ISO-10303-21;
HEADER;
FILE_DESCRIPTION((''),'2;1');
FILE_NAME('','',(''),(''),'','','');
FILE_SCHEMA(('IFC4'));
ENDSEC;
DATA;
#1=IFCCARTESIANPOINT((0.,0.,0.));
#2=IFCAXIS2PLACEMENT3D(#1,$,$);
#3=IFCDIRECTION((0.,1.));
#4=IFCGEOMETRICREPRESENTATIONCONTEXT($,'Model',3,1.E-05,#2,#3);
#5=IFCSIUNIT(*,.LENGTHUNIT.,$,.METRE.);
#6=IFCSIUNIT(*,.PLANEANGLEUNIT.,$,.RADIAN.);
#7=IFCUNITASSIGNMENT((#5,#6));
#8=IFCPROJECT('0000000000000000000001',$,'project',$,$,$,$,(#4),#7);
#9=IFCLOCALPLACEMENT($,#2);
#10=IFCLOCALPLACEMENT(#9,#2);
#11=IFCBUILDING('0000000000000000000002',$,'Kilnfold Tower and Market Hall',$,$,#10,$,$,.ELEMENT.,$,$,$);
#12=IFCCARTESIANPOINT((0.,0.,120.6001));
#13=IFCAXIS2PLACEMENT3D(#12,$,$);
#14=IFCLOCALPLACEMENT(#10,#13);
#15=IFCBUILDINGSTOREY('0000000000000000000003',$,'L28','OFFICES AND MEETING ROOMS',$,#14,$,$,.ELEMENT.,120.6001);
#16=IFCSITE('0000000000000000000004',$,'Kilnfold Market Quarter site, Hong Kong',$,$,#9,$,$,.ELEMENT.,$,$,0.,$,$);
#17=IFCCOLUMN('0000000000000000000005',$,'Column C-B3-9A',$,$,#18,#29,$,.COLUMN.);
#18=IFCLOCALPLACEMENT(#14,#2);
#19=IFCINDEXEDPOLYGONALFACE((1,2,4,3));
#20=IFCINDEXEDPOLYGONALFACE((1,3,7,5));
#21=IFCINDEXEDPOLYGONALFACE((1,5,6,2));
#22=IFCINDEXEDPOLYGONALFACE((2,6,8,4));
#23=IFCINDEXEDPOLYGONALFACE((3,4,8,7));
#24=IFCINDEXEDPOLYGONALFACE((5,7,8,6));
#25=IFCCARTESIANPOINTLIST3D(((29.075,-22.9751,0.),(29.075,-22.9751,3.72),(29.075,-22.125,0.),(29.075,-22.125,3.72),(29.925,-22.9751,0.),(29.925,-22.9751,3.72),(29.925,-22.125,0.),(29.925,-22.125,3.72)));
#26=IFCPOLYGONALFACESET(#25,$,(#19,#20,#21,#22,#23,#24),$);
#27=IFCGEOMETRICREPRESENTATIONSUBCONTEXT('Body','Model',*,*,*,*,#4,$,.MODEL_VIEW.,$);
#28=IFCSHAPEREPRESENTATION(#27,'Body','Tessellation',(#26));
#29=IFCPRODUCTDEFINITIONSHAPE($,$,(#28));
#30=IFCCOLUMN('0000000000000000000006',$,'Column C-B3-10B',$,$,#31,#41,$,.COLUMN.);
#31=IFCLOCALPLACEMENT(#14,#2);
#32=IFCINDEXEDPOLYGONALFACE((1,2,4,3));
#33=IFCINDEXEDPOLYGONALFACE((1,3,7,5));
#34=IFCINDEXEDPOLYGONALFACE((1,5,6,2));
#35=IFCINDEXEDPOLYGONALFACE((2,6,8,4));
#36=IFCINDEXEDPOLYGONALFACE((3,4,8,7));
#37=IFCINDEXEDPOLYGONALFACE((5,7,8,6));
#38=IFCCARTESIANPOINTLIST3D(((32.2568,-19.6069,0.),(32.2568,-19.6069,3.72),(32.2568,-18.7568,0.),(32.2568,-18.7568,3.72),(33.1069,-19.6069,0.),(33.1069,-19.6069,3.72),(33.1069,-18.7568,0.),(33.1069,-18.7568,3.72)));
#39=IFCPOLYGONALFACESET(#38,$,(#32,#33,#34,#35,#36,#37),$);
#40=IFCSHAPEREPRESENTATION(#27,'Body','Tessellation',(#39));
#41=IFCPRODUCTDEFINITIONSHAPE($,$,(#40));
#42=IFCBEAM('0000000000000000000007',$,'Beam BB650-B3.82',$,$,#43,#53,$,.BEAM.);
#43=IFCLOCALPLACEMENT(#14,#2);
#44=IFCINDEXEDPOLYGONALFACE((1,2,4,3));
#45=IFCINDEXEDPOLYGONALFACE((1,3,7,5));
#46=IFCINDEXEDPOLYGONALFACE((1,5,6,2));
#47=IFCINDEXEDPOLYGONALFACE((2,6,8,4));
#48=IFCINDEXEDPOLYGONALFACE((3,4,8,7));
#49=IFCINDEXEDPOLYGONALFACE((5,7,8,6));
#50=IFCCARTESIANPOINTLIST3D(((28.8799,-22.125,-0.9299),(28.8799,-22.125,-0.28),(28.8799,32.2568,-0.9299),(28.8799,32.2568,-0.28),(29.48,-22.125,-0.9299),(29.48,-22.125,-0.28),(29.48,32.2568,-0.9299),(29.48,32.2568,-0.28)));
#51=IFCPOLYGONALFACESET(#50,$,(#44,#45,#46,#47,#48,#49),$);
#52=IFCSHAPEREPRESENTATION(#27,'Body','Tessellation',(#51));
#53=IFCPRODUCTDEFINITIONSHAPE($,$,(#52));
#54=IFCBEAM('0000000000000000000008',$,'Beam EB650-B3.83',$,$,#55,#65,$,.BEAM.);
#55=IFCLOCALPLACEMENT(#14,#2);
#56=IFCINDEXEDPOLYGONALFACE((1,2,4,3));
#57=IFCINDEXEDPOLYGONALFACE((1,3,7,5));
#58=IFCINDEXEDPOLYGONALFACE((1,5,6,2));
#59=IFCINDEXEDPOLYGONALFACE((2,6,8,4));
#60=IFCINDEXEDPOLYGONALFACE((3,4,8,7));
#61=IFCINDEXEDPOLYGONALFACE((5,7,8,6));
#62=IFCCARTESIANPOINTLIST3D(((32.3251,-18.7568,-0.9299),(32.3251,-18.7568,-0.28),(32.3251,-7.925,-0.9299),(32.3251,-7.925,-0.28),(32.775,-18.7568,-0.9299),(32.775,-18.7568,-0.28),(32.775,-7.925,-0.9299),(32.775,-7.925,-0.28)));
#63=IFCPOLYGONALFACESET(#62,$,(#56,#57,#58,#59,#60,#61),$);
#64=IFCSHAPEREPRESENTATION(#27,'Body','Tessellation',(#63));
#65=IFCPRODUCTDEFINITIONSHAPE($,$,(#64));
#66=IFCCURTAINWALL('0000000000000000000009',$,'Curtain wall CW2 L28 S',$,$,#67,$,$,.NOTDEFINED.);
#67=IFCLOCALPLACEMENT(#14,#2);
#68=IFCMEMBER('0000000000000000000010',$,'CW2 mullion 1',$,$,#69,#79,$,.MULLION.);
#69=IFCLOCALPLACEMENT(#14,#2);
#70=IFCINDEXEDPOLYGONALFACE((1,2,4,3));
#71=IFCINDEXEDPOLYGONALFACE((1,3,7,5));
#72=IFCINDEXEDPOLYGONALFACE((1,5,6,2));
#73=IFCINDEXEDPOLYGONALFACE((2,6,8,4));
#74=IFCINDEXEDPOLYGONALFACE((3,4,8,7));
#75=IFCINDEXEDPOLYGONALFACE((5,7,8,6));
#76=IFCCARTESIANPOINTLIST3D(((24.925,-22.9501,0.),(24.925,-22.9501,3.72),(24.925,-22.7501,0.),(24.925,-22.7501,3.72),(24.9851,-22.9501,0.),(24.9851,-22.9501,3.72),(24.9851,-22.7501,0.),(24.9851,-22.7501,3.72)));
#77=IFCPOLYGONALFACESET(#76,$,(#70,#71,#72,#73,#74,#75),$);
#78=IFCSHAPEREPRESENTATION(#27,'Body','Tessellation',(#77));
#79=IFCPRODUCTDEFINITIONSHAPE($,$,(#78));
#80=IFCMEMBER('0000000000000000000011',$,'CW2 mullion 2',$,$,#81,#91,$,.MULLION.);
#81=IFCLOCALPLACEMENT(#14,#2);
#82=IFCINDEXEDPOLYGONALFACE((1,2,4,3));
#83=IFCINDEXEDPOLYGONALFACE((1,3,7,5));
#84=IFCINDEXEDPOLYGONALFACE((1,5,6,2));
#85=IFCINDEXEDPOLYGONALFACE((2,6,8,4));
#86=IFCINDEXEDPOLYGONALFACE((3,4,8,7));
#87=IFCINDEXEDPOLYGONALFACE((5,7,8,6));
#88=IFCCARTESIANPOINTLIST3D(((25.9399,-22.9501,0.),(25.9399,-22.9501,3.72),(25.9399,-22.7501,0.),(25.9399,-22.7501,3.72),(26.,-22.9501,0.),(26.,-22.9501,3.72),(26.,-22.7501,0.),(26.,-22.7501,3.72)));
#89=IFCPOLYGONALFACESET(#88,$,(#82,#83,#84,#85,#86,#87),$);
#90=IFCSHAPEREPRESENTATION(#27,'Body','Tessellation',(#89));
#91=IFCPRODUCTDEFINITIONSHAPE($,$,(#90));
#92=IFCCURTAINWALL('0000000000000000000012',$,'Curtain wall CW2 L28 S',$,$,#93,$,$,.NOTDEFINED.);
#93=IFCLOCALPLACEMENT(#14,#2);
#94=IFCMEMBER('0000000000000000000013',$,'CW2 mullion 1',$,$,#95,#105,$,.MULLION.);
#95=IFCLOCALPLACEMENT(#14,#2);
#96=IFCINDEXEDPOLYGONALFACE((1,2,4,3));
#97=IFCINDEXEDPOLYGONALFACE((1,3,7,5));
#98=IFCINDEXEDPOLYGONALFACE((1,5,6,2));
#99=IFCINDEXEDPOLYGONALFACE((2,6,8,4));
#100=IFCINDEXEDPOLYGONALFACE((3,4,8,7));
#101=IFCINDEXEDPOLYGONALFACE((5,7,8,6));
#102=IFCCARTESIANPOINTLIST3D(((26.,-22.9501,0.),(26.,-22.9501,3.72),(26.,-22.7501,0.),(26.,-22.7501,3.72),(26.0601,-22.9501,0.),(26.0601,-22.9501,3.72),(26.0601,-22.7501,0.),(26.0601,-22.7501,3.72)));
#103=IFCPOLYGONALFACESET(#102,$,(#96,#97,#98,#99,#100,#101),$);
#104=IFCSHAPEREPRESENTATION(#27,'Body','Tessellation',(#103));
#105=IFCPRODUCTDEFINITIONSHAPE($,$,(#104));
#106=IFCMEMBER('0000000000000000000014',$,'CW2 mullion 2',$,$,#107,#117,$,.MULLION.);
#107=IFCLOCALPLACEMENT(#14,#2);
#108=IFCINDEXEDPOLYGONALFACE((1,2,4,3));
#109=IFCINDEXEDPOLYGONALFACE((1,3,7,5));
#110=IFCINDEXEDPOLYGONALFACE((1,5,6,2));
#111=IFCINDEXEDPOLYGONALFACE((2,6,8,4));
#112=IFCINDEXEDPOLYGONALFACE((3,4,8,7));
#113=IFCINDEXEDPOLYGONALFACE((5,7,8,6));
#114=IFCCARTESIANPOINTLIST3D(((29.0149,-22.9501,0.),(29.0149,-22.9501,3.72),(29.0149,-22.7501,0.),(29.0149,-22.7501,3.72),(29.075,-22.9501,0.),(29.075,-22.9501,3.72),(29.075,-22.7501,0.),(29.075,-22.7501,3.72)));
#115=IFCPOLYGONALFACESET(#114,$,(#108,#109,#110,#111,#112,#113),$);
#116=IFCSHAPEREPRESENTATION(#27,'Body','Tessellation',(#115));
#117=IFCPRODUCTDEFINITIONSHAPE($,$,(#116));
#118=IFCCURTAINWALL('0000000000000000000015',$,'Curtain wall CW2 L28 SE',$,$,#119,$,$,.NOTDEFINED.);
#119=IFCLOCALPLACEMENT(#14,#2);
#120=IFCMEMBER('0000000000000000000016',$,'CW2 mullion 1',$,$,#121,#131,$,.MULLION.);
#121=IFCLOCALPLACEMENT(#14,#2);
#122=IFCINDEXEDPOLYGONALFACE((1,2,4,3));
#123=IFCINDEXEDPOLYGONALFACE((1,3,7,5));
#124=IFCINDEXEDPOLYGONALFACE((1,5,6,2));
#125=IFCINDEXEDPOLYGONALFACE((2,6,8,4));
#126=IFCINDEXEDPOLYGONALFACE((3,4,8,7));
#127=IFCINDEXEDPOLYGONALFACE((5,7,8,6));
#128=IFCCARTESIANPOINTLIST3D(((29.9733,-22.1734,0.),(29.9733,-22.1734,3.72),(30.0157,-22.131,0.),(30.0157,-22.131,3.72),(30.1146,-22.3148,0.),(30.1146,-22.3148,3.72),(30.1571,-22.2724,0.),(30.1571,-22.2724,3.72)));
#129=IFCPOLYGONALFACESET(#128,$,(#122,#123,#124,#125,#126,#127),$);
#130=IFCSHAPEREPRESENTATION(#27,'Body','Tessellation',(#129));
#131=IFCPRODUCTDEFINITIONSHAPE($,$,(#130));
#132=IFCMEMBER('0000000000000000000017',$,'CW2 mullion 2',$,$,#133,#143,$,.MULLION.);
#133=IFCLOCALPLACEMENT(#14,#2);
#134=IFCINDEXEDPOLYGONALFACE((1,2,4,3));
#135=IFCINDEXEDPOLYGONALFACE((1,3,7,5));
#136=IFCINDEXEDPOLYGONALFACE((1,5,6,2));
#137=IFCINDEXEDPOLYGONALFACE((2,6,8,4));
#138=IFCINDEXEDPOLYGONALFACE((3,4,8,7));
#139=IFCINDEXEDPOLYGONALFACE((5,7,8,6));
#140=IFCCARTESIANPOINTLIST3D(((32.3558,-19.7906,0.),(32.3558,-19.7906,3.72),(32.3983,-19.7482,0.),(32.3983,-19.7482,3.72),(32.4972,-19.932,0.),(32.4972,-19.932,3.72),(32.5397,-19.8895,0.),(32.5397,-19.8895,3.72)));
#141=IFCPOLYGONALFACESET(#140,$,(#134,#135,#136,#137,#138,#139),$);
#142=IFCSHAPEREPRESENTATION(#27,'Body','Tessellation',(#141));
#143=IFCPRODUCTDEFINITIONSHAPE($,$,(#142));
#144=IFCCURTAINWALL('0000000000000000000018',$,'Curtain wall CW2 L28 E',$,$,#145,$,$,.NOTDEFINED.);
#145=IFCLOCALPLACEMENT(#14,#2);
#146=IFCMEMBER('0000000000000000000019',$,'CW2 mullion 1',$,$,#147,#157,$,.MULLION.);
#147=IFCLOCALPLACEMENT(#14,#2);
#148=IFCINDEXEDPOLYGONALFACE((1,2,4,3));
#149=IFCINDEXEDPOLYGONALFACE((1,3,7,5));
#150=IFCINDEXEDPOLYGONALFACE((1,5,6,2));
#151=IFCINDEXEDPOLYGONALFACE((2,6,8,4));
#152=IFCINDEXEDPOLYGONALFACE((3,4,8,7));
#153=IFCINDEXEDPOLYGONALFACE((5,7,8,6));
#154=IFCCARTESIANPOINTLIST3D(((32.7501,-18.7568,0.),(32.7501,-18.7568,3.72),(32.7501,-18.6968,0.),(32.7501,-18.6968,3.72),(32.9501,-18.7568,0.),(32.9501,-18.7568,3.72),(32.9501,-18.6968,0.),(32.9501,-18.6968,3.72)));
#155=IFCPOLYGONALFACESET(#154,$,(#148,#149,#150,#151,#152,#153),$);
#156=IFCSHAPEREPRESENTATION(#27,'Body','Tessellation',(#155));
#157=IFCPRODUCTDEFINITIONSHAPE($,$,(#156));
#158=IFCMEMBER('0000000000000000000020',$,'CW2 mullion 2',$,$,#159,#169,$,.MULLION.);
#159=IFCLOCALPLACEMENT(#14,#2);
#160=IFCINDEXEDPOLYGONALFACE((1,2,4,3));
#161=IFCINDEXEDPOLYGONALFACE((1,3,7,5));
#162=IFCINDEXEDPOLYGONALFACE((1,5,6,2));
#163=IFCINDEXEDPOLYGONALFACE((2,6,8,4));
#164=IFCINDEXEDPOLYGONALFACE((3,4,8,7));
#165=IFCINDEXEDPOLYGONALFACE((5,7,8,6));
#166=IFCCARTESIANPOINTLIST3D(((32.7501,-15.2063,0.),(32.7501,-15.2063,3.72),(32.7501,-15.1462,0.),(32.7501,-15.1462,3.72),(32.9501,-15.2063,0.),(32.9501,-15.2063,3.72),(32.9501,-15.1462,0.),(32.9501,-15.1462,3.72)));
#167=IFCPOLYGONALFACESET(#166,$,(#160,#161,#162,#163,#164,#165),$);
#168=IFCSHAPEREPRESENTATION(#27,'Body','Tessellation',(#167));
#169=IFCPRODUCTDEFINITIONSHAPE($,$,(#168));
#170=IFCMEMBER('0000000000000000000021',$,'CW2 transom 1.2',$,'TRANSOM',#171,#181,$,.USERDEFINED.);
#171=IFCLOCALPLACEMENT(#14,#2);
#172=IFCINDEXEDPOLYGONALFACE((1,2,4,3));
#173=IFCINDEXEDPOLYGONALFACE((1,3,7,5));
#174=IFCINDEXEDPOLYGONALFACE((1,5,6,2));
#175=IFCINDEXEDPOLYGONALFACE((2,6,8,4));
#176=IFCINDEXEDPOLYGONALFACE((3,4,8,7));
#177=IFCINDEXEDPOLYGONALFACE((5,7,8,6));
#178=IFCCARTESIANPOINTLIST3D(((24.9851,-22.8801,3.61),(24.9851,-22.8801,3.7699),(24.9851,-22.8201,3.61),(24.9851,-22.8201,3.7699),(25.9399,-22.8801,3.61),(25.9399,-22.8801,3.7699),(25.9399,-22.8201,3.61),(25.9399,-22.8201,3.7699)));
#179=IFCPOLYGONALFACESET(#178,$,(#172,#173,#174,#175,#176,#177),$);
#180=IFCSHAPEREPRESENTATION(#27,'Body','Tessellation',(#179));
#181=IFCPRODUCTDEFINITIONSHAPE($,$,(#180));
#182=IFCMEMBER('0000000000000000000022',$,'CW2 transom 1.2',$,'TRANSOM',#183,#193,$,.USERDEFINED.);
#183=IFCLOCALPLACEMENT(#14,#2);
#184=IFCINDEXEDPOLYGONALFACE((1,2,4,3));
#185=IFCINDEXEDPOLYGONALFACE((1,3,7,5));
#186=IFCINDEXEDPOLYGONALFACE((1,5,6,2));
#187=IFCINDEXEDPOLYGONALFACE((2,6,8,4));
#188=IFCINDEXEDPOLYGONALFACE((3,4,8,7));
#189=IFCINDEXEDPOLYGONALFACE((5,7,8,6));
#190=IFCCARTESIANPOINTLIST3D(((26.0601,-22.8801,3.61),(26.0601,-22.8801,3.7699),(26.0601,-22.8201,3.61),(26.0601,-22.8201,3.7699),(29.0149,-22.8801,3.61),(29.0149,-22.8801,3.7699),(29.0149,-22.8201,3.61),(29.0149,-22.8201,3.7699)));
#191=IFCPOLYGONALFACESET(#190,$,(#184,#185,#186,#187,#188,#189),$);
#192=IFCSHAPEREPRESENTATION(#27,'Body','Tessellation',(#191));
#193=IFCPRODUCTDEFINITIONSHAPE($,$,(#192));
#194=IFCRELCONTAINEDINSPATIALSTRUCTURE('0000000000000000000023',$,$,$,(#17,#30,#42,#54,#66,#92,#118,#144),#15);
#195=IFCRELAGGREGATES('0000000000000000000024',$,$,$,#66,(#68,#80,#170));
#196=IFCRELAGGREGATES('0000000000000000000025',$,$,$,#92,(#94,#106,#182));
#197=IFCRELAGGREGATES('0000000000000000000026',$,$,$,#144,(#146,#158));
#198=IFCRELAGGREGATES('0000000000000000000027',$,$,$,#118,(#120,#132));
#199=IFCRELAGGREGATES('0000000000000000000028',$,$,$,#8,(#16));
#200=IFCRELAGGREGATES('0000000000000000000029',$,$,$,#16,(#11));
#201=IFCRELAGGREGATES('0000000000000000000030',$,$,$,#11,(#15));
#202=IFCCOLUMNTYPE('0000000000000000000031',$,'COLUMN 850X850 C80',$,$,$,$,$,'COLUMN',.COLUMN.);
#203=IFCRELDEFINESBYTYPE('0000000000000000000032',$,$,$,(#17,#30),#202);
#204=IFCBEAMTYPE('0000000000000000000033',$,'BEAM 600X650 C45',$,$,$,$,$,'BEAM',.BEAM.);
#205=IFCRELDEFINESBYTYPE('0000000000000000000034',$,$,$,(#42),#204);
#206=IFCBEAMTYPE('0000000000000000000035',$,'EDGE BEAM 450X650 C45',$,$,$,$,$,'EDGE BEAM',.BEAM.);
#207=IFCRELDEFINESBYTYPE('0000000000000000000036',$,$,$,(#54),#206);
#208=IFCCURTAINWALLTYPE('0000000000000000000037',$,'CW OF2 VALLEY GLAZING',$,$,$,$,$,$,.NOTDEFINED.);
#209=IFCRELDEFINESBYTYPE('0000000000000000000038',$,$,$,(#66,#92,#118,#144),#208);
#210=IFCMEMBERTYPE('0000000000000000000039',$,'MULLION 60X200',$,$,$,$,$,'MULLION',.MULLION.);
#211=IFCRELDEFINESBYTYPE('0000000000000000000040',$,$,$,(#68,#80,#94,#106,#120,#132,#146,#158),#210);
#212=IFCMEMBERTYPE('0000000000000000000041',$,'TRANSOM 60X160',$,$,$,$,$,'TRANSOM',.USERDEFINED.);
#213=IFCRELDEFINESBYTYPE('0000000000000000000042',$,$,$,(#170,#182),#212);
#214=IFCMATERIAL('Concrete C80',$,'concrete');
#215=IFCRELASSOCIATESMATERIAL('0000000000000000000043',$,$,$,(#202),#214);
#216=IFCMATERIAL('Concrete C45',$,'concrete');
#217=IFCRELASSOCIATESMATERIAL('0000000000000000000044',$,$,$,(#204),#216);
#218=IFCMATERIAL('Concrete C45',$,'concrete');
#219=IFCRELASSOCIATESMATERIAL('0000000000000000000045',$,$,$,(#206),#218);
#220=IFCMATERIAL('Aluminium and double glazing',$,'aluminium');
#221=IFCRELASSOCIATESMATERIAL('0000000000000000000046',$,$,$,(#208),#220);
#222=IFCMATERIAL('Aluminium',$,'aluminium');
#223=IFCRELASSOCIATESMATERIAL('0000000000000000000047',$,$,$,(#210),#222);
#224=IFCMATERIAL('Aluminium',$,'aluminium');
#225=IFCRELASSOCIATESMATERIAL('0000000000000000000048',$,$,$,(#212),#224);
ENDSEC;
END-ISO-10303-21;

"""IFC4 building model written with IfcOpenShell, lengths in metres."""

from ifc_helpers import new_model, si_unit, direction, frame, origin, origin_2d, place, context, subcontext, project, spatial, rectangle, extrude, source, transform, mapped, material, material_profile, profile_set, type_object, element, aggregate, save


model = new_model("IFC4")

# Units and contexts
model_context = context("Model", 3, precision=1e-05, world=origin(), true_north=direction((0.0, 1.0)))
body_context = subcontext(model_context, "Body", "Model", "MODEL_VIEW")
ifc_project = project(units=[si_unit("LENGTHUNIT", "METRE"), si_unit("PLANEANGLEUNIT", "RADIAN")], contexts=[model_context])

# Site, building, storey
site_placement = place(None, origin())
site = spatial("IfcSite", under=ifc_project, at=site_placement, Name="Kilnfold Market Quarter site, Hong Kong", CompositionType="ELEMENT", RefElevation=0.0)
building_placement = place(site_placement, origin())
building = spatial("IfcBuilding", under=site, at=building_placement, Name="Kilnfold Tower and Market Hall", CompositionType="ELEMENT")
storey_placement = place(building_placement, frame((0.0, 0.0, 120.6001)))
storey = spatial("IfcBuildingStorey", under=building, at=storey_placement, Name="L28", Description="OFFICES AND MEETING ROOMS", CompositionType="ELEMENT", Elevation=120.6001)

# Columns
ifc_material_1 = material(Name="Concrete C80", Category="concrete")
ifc_material_profile_1 = material_profile(ifc_material_1, rectangle(XDim=0.8501, YDim=0.8501, at=origin_2d()), Name="RC 850x850")
ifc_profile_set_1 = profile_set([ifc_material_profile_1], Name="Concrete C80")
column_type = type_object("IfcColumnType", Name="COLUMN 850X850 C80", ElementType="COLUMN", PredefinedType="COLUMN", material=ifc_profile_set_1)
shared_shape_1 = source(origin(), body_context, "Body", "SweptSolid", [
    extrude(rectangle(XDim=0.8501, YDim=0.8501, at=origin_2d()), origin(), (0.0, 0.0, 1.0), 3.72),
])
for number, where, z_axis, x_axis, name in (
    (1, (29.5, -22.55, 0.0), (0.0, 0.0, 1.0), (1.0, 0.0, 0.0), "Column C-B3-9A"),
    (2, (32.6819, -19.1819, 0.0), (0.0, 0.0, 1.0), (1.0, 0.0, 0.0), "Column C-B3-10B"),
):
    element("IfcColumn", number, at=place(storey_placement, frame(where, z_axis=z_axis, x_axis=x_axis)), inside=storey, type_object=column_type, Name=name, PredefinedType="COLUMN", context=body_context, shape_type="MappedRepresentation", body=[
        mapped(shared_shape_1, transform((0.0, 0.0, 0.0))),
    ])

# Beams
ifc_material_2 = material(Name="Concrete C45", Category="concrete")
ifc_material_profile_2 = material_profile(ifc_material_2, rectangle(XDim=0.6001, YDim=0.6499, at=origin_2d()), Name="RC 600x650")
ifc_profile_set_2 = profile_set([ifc_material_profile_2], Name="Concrete C45")
beam_type_1 = type_object("IfcBeamType", Name="BEAM 600X650 C45", ElementType="BEAM", PredefinedType="BEAM", material=ifc_profile_set_2)
shared_shape_2 = source(origin(), body_context, "Body", "SweptSolid", [
    extrude(rectangle(XDim=0.6001, YDim=0.6499, at=origin_2d()), origin(), (0.0, 0.0, 1.0), 54.3818),
])
beam_1_placement = place(storey_placement, frame((29.1799, -22.125, -0.605), z_axis=(0.0, 1.0, 0.0), x_axis=(-1.0, 0.0, 0.0)))
element("IfcBeam", 3, at=beam_1_placement, inside=storey, type_object=beam_type_1, Name="Beam BB650-B3.82", PredefinedType="BEAM", context=body_context, shape_type="MappedRepresentation", body=[
    mapped(shared_shape_2, transform((0.0, 0.0, 0.0))),
])
ifc_material_3 = material(Name="Concrete C45", Category="concrete")
ifc_material_profile_3 = material_profile(ifc_material_3, rectangle(XDim=0.45, YDim=0.6499, at=origin_2d()), Name="RC 450x650")
ifc_profile_set_3 = profile_set([ifc_material_profile_3], Name="Concrete C45")
beam_type_2 = type_object("IfcBeamType", Name="EDGE BEAM 450X650 C45", ElementType="EDGE BEAM", PredefinedType="BEAM", material=ifc_profile_set_3)
shared_shape_3 = source(origin(), body_context, "Body", "SweptSolid", [
    extrude(rectangle(XDim=0.45, YDim=0.6499, at=origin_2d()), origin(), (0.0, 0.0, 1.0), 10.8318),
])
beam_2_placement = place(storey_placement, frame((32.55, -18.7568, -0.605), z_axis=(0.0, 1.0, 0.0), x_axis=(-1.0, 0.0, 0.0)))
element("IfcBeam", 4, at=beam_2_placement, inside=storey, type_object=beam_type_2, Name="Beam EB650-B3.83", PredefinedType="BEAM", context=body_context, shape_type="MappedRepresentation", body=[
    mapped(shared_shape_3, transform((0.0, 0.0, 0.0))),
])

# Curtain walls, members
ifc_material_4 = material(Name="Aluminium and double glazing", Category="aluminium")
curtain_wall_type = type_object("IfcCurtainWallType", Name="CW OF2 VALLEY GLAZING", PredefinedType="NOTDEFINED", material=ifc_material_4)
curtain_wall_1_placement = place(storey_placement, origin())
curtain_wall_1 = element("IfcCurtainWall", 5, at=curtain_wall_1_placement, inside=storey, type_object=curtain_wall_type, Name="Curtain wall CW2 L28 S", PredefinedType="NOTDEFINED")
ifc_material_5 = material(Name="Aluminium", Category="aluminium")
ifc_material_profile_4 = material_profile(ifc_material_5, rectangle(XDim=0.0601, YDim=0.2, at=origin_2d()), Name="MULLION 60x200")
ifc_profile_set_4 = profile_set([ifc_material_profile_4], Name="Aluminium")
member_type_1 = type_object("IfcMemberType", Name="MULLION 60X200", ElementType="MULLION", PredefinedType="MULLION", material=ifc_profile_set_4)
shared_shape_4 = source(origin(), body_context, "Body", "SweptSolid", [
    extrude(rectangle(XDim=0.0601, YDim=0.2, at=origin_2d()), origin(), (0.0, 0.0, 1.0), 3.72),
])
member_1_placement = place(storey_placement, frame((24.9551, -22.8501, 0.0), z_axis=(0.0, 0.0, 1.0), x_axis=(1.0, 0.0, 0.0)))
member_1 = element("IfcMember", 6, at=member_1_placement, type_object=member_type_1, Name="CW2 mullion 1", PredefinedType="MULLION", context=body_context, shape_type="MappedRepresentation", body=[
    mapped(shared_shape_4, transform((0.0, 0.0, 0.0))),
])
member_2_placement = place(storey_placement, frame((25.97, -22.8501, 0.0), z_axis=(0.0, 0.0, 1.0), x_axis=(1.0, 0.0, 0.0)))
member_2 = element("IfcMember", 7, at=member_2_placement, type_object=member_type_1, Name="CW2 mullion 2", PredefinedType="MULLION", context=body_context, shape_type="MappedRepresentation", body=[
    mapped(shared_shape_4, transform((0.0, 0.0, 0.0))),
])
curtain_wall_2_placement = place(storey_placement, origin())
curtain_wall_2 = element("IfcCurtainWall", 8, at=curtain_wall_2_placement, inside=storey, type_object=curtain_wall_type, Name="Curtain wall CW2 L28 S", PredefinedType="NOTDEFINED")
member_3_placement = place(storey_placement, frame((26.03, -22.8501, 0.0), z_axis=(0.0, 0.0, 1.0), x_axis=(1.0, 0.0, 0.0)))
member_3 = element("IfcMember", 9, at=member_3_placement, type_object=member_type_1, Name="CW2 mullion 1", PredefinedType="MULLION", context=body_context, shape_type="MappedRepresentation", body=[
    mapped(shared_shape_4, transform((0.0, 0.0, 0.0))),
])
member_4_placement = place(storey_placement, frame((29.0449, -22.8501, 0.0), z_axis=(0.0, 0.0, 1.0), x_axis=(1.0, 0.0, 0.0)))
member_4 = element("IfcMember", 10, at=member_4_placement, type_object=member_type_1, Name="CW2 mullion 2", PredefinedType="MULLION", context=body_context, shape_type="MappedRepresentation", body=[
    mapped(shared_shape_4, transform((0.0, 0.0, 0.0))),
])
curtain_wall_3_placement = place(storey_placement, origin())
curtain_wall_3 = element("IfcCurtainWall", 11, at=curtain_wall_3_placement, inside=storey, type_object=curtain_wall_type, Name="Curtain wall CW2 L28 SE", PredefinedType="NOTDEFINED")
member_5_placement = place(storey_placement, frame((30.0652, -22.2229, 0.0), z_axis=(0.0, 0.0, 1.0), x_axis=(0.707092, 0.707121, 0.0)))
member_5 = element("IfcMember", 12, at=member_5_placement, type_object=member_type_1, Name="CW2 mullion 1", PredefinedType="MULLION", context=body_context, shape_type="MappedRepresentation", body=[
    mapped(shared_shape_4, transform((0.0, 0.0, 0.0))),
])
member_6_placement = place(storey_placement, frame((32.4478, -19.8401, 0.0), z_axis=(0.0, 0.0, 1.0), x_axis=(0.707092, 0.707121, 0.0)))
member_6 = element("IfcMember", 13, at=member_6_placement, type_object=member_type_1, Name="CW2 mullion 2", PredefinedType="MULLION", context=body_context, shape_type="MappedRepresentation", body=[
    mapped(shared_shape_4, transform((0.0, 0.0, 0.0))),
])
curtain_wall_4_placement = place(storey_placement, origin())
curtain_wall_4 = element("IfcCurtainWall", 14, at=curtain_wall_4_placement, inside=storey, type_object=curtain_wall_type, Name="Curtain wall CW2 L28 E", PredefinedType="NOTDEFINED")
member_7_placement = place(storey_placement, frame((32.8501, -18.7268, 0.0), z_axis=(0.0, 0.0, 1.0), x_axis=(0.0, 1.0, 0.0)))
member_7 = element("IfcMember", 15, at=member_7_placement, type_object=member_type_1, Name="CW2 mullion 1", PredefinedType="MULLION", context=body_context, shape_type="MappedRepresentation", body=[
    mapped(shared_shape_4, transform((0.0, 0.0, 0.0))),
])
member_8_placement = place(storey_placement, frame((32.8501, -15.1763, 0.0), z_axis=(0.0, 0.0, 1.0), x_axis=(0.0, 1.0, 0.0)))
member_8 = element("IfcMember", 16, at=member_8_placement, type_object=member_type_1, Name="CW2 mullion 2", PredefinedType="MULLION", context=body_context, shape_type="MappedRepresentation", body=[
    mapped(shared_shape_4, transform((0.0, 0.0, 0.0))),
])

# Members
ifc_material_6 = material(Name="Aluminium", Category="aluminium")
ifc_material_profile_5 = material_profile(ifc_material_6, rectangle(XDim=0.0601, YDim=0.1599, at=origin_2d()), Name="TRANSOM 60x160")
ifc_profile_set_5 = profile_set([ifc_material_profile_5], Name="Aluminium")
member_type_2 = type_object("IfcMemberType", Name="TRANSOM 60X160", ElementType="TRANSOM", PredefinedType="USERDEFINED", material=ifc_profile_set_5)
shared_shape_5 = source(origin(), body_context, "Body", "SweptSolid", [
    extrude(rectangle(XDim=0.0601, YDim=0.1599, at=origin_2d()), origin(), (0.0, 0.0, 1.0), 0.9548),
])
member_9_placement = place(storey_placement, frame((24.9851, -22.8501, 3.6899), z_axis=(1.0, 0.0, 0.0), x_axis=(0.0, 1.0, 0.0)))
member_9 = element("IfcMember", 17, at=member_9_placement, type_object=member_type_2, Name="CW2 transom 1.2", ObjectType="TRANSOM", PredefinedType="USERDEFINED", context=body_context, shape_type="MappedRepresentation", body=[
    mapped(shared_shape_5, transform((0.0, 0.0, 0.0))),
])
shared_shape_6 = source(origin(), body_context, "Body", "SweptSolid", [
    extrude(rectangle(XDim=0.0601, YDim=0.1599, at=origin_2d()), origin(), (0.0, 0.0, 1.0), 2.9548),
])
member_10_placement = place(storey_placement, frame((26.0601, -22.8501, 3.6899), z_axis=(1.0, 0.0, 0.0), x_axis=(0.0, 1.0, 0.0)))
member_10 = element("IfcMember", 18, at=member_10_placement, type_object=member_type_2, Name="CW2 transom 1.2", ObjectType="TRANSOM", PredefinedType="USERDEFINED", context=body_context, shape_type="MappedRepresentation", body=[
    mapped(shared_shape_6, transform((0.0, 0.0, 0.0))),
])

aggregate(curtain_wall_1, [member_1, member_2, member_9])
aggregate(curtain_wall_2, [member_3, member_4, member_10])
aggregate(curtain_wall_4, [member_7, member_8])
aggregate(curtain_wall_3, [member_5, member_6])

save(model, "model.ifc")
